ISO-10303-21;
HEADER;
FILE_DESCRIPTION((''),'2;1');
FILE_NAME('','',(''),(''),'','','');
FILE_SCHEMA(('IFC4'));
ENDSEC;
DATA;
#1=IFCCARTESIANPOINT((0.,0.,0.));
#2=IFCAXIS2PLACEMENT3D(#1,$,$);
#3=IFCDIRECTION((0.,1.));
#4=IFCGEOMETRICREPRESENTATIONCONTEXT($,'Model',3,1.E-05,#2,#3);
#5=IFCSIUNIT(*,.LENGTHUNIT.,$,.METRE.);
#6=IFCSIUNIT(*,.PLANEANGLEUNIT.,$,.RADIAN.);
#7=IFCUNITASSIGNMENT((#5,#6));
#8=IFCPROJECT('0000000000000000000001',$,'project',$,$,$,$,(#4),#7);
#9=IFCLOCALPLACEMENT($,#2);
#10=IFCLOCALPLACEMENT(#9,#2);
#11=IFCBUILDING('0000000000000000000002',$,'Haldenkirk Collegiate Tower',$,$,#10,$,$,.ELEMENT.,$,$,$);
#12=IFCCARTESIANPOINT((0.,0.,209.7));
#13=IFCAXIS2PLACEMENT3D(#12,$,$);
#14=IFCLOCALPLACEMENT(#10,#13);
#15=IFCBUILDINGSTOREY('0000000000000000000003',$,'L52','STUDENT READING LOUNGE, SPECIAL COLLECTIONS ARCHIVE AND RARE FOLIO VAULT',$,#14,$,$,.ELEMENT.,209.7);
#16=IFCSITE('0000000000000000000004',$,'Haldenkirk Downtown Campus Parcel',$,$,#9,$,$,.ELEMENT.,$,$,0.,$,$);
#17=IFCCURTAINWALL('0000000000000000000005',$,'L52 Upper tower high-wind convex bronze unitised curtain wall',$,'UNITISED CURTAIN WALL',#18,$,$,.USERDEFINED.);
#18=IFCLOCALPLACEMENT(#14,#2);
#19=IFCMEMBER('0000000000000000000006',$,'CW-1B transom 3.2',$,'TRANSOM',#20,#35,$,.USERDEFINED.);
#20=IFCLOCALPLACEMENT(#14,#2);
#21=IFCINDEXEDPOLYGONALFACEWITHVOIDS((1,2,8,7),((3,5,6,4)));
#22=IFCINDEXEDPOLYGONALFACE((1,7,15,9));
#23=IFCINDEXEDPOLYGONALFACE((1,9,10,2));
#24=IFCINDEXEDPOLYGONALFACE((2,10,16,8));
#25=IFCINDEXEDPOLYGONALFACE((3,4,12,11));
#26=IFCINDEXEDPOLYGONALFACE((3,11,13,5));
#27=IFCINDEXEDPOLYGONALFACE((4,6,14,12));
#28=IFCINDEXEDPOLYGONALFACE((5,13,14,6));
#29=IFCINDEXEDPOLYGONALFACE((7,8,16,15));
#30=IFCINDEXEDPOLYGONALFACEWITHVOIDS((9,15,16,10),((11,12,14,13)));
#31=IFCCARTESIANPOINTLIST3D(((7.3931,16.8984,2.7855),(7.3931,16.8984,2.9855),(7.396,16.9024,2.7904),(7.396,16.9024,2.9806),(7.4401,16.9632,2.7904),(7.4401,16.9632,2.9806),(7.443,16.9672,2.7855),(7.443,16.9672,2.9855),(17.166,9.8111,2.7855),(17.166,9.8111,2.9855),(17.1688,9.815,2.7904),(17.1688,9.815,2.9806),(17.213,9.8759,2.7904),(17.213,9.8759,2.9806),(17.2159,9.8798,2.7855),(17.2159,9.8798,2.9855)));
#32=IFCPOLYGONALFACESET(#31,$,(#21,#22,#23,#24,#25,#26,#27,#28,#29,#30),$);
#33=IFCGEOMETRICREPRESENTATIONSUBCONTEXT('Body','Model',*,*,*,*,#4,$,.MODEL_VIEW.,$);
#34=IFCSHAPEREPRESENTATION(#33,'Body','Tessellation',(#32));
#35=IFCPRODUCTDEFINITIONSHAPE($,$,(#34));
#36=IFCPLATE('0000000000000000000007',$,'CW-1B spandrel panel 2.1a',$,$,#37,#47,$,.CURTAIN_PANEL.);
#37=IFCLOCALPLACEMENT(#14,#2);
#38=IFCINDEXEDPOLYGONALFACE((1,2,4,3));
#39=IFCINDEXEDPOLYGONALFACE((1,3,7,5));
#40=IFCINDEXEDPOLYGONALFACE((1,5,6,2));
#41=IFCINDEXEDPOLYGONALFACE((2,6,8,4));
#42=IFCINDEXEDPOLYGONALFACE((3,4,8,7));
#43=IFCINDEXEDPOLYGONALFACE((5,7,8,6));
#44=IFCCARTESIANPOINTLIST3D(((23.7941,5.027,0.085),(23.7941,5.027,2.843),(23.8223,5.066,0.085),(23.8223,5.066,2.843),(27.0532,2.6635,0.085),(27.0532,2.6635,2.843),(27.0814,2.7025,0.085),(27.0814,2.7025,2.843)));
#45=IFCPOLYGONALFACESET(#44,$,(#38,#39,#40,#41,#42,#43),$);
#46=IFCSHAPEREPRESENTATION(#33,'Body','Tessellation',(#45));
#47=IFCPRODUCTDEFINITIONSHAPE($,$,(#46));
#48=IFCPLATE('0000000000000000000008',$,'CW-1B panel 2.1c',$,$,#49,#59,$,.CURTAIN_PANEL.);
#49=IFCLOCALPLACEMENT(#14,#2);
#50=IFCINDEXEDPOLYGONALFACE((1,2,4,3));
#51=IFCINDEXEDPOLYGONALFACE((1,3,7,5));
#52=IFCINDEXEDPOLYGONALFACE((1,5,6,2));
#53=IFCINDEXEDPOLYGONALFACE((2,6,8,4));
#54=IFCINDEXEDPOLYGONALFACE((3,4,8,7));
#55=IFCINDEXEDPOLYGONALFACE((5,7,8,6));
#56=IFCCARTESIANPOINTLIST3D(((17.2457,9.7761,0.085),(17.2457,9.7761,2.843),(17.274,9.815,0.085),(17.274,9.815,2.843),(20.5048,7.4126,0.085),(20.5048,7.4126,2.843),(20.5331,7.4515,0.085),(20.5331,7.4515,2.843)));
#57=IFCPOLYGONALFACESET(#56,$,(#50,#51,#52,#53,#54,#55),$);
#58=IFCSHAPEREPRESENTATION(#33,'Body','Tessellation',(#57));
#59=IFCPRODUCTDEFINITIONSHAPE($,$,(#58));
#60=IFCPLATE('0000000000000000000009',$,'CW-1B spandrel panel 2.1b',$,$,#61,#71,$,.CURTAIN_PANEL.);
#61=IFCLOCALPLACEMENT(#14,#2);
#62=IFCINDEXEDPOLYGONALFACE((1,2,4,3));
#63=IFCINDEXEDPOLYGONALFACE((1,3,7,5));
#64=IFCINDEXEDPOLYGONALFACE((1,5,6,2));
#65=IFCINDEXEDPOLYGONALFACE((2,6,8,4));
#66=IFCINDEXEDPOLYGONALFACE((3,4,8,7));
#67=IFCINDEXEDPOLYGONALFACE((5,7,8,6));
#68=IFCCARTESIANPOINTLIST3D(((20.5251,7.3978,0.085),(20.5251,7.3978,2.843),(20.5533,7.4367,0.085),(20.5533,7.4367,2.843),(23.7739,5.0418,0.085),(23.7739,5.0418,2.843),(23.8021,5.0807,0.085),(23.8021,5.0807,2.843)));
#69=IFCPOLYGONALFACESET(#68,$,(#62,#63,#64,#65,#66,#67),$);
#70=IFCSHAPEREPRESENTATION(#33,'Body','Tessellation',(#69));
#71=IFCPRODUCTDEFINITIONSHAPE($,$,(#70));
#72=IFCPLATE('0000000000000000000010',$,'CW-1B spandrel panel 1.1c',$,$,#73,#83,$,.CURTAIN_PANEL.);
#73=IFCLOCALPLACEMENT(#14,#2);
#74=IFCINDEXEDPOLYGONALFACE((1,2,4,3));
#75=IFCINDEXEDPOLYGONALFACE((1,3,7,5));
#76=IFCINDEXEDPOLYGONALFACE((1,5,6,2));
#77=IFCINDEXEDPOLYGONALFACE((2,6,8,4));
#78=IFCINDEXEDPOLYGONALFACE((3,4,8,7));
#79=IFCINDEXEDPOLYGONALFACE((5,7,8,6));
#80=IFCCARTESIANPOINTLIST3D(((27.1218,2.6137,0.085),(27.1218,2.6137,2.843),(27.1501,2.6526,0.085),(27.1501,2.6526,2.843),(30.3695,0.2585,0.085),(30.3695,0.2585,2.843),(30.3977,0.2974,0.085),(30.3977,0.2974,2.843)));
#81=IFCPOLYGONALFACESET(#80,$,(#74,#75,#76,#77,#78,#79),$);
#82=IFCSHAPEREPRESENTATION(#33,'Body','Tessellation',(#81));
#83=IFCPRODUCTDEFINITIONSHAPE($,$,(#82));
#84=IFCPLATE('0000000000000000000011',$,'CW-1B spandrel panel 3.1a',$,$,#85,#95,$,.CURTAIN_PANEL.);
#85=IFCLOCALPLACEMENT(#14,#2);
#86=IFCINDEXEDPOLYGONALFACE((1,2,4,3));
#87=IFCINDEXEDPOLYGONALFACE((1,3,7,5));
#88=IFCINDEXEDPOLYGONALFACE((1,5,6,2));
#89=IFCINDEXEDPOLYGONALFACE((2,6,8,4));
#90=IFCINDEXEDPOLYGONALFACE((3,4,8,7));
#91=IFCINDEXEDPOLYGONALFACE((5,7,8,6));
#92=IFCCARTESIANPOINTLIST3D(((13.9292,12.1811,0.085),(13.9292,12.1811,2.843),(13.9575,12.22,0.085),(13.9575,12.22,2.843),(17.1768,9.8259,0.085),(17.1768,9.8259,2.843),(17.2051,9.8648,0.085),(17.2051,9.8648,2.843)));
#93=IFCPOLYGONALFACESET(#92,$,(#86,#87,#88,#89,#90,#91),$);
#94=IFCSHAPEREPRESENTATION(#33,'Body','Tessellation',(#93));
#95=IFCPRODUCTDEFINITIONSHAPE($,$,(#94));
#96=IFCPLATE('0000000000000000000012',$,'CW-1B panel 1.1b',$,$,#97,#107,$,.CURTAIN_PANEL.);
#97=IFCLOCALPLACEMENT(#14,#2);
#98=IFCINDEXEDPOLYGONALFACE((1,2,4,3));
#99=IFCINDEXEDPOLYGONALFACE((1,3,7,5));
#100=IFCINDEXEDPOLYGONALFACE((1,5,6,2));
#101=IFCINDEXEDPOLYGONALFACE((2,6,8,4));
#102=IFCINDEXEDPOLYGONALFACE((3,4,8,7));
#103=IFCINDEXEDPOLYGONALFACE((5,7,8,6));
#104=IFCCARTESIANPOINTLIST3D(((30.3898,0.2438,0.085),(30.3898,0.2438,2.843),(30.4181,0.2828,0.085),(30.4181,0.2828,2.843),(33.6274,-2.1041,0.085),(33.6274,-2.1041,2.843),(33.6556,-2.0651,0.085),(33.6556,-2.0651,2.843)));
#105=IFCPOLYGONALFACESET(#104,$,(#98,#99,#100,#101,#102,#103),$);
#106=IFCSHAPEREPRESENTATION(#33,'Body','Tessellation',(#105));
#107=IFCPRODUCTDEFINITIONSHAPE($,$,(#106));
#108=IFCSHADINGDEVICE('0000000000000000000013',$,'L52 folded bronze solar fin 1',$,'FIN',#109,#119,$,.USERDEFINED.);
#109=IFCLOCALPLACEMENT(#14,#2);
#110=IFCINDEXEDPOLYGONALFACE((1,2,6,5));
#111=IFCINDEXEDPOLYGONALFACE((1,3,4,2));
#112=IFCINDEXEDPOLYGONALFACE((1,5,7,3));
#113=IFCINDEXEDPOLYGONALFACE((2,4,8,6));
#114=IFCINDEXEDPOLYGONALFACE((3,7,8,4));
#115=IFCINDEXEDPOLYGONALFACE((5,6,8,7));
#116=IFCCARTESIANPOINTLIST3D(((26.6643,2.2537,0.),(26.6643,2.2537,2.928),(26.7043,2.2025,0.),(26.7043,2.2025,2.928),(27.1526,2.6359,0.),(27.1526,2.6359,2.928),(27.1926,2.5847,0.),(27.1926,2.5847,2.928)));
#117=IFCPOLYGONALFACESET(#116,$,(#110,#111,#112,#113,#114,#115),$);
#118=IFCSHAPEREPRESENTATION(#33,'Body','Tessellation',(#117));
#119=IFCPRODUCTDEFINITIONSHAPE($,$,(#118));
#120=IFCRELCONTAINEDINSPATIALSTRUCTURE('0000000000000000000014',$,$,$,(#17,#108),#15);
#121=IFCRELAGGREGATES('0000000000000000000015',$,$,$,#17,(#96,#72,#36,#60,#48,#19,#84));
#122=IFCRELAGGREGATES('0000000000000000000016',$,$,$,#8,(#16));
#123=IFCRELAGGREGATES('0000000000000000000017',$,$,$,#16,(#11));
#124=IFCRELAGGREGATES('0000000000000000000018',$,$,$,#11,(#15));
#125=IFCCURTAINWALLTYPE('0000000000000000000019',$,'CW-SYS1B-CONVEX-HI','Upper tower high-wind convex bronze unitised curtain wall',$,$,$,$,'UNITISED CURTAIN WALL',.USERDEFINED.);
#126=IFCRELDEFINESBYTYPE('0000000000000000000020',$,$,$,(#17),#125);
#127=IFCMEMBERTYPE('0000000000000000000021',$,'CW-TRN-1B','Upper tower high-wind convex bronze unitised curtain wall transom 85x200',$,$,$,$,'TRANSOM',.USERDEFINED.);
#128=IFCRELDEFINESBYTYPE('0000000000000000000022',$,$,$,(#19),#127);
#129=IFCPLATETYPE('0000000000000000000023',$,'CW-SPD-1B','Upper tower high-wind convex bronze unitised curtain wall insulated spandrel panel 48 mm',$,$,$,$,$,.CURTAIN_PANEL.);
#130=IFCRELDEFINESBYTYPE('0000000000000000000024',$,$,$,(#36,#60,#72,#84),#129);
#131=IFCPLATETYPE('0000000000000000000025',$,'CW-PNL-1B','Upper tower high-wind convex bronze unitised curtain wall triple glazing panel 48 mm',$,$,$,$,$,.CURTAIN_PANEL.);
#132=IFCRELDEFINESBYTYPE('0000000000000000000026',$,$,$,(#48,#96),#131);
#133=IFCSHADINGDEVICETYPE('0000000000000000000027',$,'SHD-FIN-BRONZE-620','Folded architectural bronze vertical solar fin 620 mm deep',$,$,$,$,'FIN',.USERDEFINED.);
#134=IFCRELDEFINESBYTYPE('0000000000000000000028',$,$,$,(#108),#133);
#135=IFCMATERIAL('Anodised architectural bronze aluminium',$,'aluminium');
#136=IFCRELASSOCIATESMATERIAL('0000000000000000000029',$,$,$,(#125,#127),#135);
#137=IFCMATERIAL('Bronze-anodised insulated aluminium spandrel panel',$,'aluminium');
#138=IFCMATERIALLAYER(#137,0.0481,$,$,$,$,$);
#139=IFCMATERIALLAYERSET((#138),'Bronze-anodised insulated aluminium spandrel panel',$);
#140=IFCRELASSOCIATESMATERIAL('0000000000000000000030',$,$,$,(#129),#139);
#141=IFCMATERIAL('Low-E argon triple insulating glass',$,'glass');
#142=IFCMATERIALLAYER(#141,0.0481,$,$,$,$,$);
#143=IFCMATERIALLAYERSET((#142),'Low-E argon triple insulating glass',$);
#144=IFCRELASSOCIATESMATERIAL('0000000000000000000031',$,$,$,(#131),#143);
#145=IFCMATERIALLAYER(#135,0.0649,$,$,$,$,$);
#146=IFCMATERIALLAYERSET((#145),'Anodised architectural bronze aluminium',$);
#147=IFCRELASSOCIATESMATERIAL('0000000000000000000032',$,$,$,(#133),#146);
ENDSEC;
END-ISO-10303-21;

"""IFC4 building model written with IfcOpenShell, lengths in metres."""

from ifc_helpers import new_model, si_unit, direction, frame, origin, origin_2d, place, context, subcontext, project, spatial, rectangle, hollow_rectangle, extrude, source, transform, mapped, material, layer, layer_set, material_profile, profile_set, type_object, element, aggregate, save


model = new_model("IFC4")

# Units and contexts
model_context = context("Model", 3, precision=1e-05, world=origin(), true_north=direction((0.0, 1.0)))
body_context = subcontext(model_context, "Body", "Model", "MODEL_VIEW")
ifc_project = project(units=[si_unit("LENGTHUNIT", "METRE"), si_unit("PLANEANGLEUNIT", "RADIAN")], contexts=[model_context])

# Site, building, storey
site_placement = place(None, origin())
site = spatial("IfcSite", under=ifc_project, at=site_placement, Name="Haldenkirk Downtown Campus Parcel", CompositionType="ELEMENT", RefElevation=0.0)
building_placement = place(site_placement, origin())
building = spatial("IfcBuilding", under=site, at=building_placement, Name="Haldenkirk Collegiate Tower", CompositionType="ELEMENT")
storey_placement = place(building_placement, frame((0.0, 0.0, 209.7)))
storey = spatial("IfcBuildingStorey", under=building, at=storey_placement, Name="L52", Description="STUDENT READING LOUNGE, SPECIAL COLLECTIONS ARCHIVE AND RARE FOLIO VAULT", CompositionType="ELEMENT", Elevation=209.7)

# Curtain wall, member, plates
ifc_material_1 = material(Name="Anodised architectural bronze aluminium", Category="aluminium")
curtain_wall_type = type_object("IfcCurtainWallType", Name="CW-SYS1B-CONVEX-HI", Description="Upper tower high-wind convex bronze unitised curtain wall", ElementType="UNITISED CURTAIN WALL", PredefinedType="USERDEFINED", material=ifc_material_1)
curtain_wall_placement = place(storey_placement, origin())
curtain_wall = element("IfcCurtainWall", 1, at=curtain_wall_placement, inside=storey, type_object=curtain_wall_type, Name="L52 Upper tower high-wind convex bronze unitised curtain wall", ObjectType="UNITISED CURTAIN WALL", PredefinedType="USERDEFINED")
ifc_material_profile_1 = material_profile(ifc_material_1, hollow_rectangle(XDim=0.085, YDim=0.2, WallThickness=0.0049, at=origin_2d()), Name="CW-TRN-1B")
ifc_profile_set_1 = profile_set([ifc_material_profile_1], Name="Anodised architectural bronze aluminium")
member_type_1 = type_object("IfcMemberType", Name="CW-TRN-1B", Description="Upper tower high-wind convex bronze unitised curtain wall transom 85x200", ElementType="TRANSOM", PredefinedType="USERDEFINED", material=ifc_profile_set_1)
member_1_placement = place(storey_placement, frame((17.1909, 9.8455, 2.8855), z_axis=(-0.809531, 0.587077, 0.0), x_axis=(-0.587077, -0.809531, 0.0)))
member_1 = element("IfcMember", 2, at=member_1_placement, type_object=member_type_1, Name="CW-1B transom 3.2", ObjectType="TRANSOM", PredefinedType="USERDEFINED", context=body_context, shape_type="SweptSolid", body=[
    extrude(hollow_rectangle(XDim=0.085, YDim=0.2, WallThickness=0.0049, at=origin_2d()), origin(), (0.0, 0.0, 1.0), 12.0723),
])
ifc_material_2 = material(Name="Bronze-anodised insulated aluminium spandrel panel", Category="aluminium")
ifc_layer_1 = layer(ifc_material_2, 0.0481)
ifc_layer_set_1 = layer_set([ifc_layer_1], Name="Bronze-anodised insulated aluminium spandrel panel")
plate_type_1 = type_object("IfcPlateType", Name="CW-SPD-1B", Description="Upper tower high-wind convex bronze unitised curtain wall insulated spandrel panel 48 mm", PredefinedType="CURTAIN_PANEL", material=ifc_layer_set_1)
shared_shape_1 = source(origin(), body_context, "Body", "SweptSolid", [
    extrude(rectangle(XDim=4.0259, YDim=0.0481, at=origin_2d()), origin(), (0.0, 0.0, 1.0), 2.7581),
])
plate_1_placement = place(storey_placement, frame((25.4377, 3.8647, 0.085), z_axis=(0.0, 0.0, 1.0), x_axis=(-0.809531, 0.587077, 0.0)))
plate_1 = element("IfcPlate", 3, at=plate_1_placement, type_object=plate_type_1, Name="CW-1B spandrel panel 2.1a", PredefinedType="CURTAIN_PANEL", context=body_context, shape_type="MappedRepresentation", body=[
    mapped(shared_shape_1, transform((0.0, 0.0, 0.0), x_axis=(1.0, 0.0, 0.0), y_axis=(0.0, 1.0, 0.0), z_axis=(0.0, 0.0, 1.0), scale=1.0)),
])
ifc_material_3 = material(Name="Low-E argon triple insulating glass", Category="glass")
ifc_layer_2 = layer(ifc_material_3, 0.0481)
ifc_layer_set_2 = layer_set([ifc_layer_2], Name="Low-E argon triple insulating glass")
plate_type_2 = type_object("IfcPlateType", Name="CW-PNL-1B", Description="Upper tower high-wind convex bronze unitised curtain wall triple glazing panel 48 mm", PredefinedType="CURTAIN_PANEL", material=ifc_layer_set_2)
plate_2_placement = place(storey_placement, frame((18.8894, 8.6138, 0.085), z_axis=(0.0, 0.0, 1.0), x_axis=(-0.809531, 0.587077, 0.0)))
plate_2 = element("IfcPlate", 4, at=plate_2_placement, type_object=plate_type_2, Name="CW-1B panel 2.1c", PredefinedType="CURTAIN_PANEL", context=body_context, shape_type="MappedRepresentation", body=[
    mapped(shared_shape_1, transform((0.0, 0.0, 0.0), x_axis=(1.0, 0.0, 0.0), y_axis=(0.0, 1.0, 0.0), z_axis=(0.0, 0.0, 1.0), scale=1.0)),
])
shared_shape_2 = source(origin(), body_context, "Body", "SweptSolid", [
    extrude(rectangle(XDim=4.0132, YDim=0.0481, at=origin_2d()), origin(), (0.0, 0.0, 1.0), 2.7581),
])
plate_3_placement = place(storey_placement, frame((22.1636, 6.2393, 0.085), z_axis=(0.0, 0.0, 1.0), x_axis=(-0.809531, 0.587077, 0.0)))
plate_3 = element("IfcPlate", 5, at=plate_3_placement, type_object=plate_type_1, Name="CW-1B spandrel panel 2.1b", PredefinedType="CURTAIN_PANEL", context=body_context, shape_type="MappedRepresentation", body=[
    mapped(shared_shape_2, transform((0.0, 0.0, 0.0), x_axis=(1.0, 0.0, 0.0), y_axis=(0.0, 1.0, 0.0), z_axis=(0.0, 0.0, 1.0), scale=1.0)),
])
shared_shape_3 = source(origin(), body_context, "Body", "SweptSolid", [
    extrude(rectangle(XDim=4.0117, YDim=0.0481, at=origin_2d()), origin(), (0.0, 0.0, 1.0), 2.7581),
])
plate_4_placement = place(storey_placement, frame((28.7598, 1.4556, 0.085), z_axis=(0.0, 0.0, 1.0), x_axis=(-0.809531, 0.587077, 0.0)))
plate_4 = element("IfcPlate", 6, at=plate_4_placement, type_object=plate_type_1, Name="CW-1B spandrel panel 1.1c", PredefinedType="CURTAIN_PANEL", context=body_context, shape_type="MappedRepresentation", body=[
    mapped(shared_shape_3, transform((0.0, 0.0, 0.0), x_axis=(1.0, 0.0, 0.0), y_axis=(0.0, 1.0, 0.0), z_axis=(0.0, 0.0, 1.0), scale=1.0)),
])
plate_5_placement = place(storey_placement, frame((15.5671, 11.0229, 0.085), z_axis=(0.0, 0.0, 1.0), x_axis=(-0.809531, 0.587077, 0.0)))
plate_5 = element("IfcPlate", 7, at=plate_5_placement, type_object=plate_type_1, Name="CW-1B spandrel panel 3.1a", PredefinedType="CURTAIN_PANEL", context=body_context, shape_type="MappedRepresentation", body=[
    mapped(shared_shape_3, transform((0.0, 0.0, 0.0), x_axis=(1.0, 0.0, 0.0), y_axis=(0.0, 1.0, 0.0), z_axis=(0.0, 0.0, 1.0), scale=1.0)),
])
shared_shape_4 = source(origin(), body_context, "Body", "SweptSolid", [
    extrude(rectangle(XDim=3.9993, YDim=0.0481, at=origin_2d()), origin(), (0.0, 0.0, 1.0), 2.7581),
])
plate_6_placement = place(storey_placement, frame((32.0227, -0.9106, 0.085), z_axis=(0.0, 0.0, 1.0), x_axis=(-0.809531, 0.587077, 0.0)))
plate_6 = element("IfcPlate", 8, at=plate_6_placement, type_object=plate_type_2, Name="CW-1B panel 1.1b", PredefinedType="CURTAIN_PANEL", context=body_context, shape_type="MappedRepresentation", body=[
    mapped(shared_shape_4, transform((0.0, 0.0, 0.0), x_axis=(1.0, 0.0, 0.0), y_axis=(0.0, 1.0, 0.0), z_axis=(0.0, 0.0, 1.0), scale=1.0)),
])
aggregate(curtain_wall, [plate_6, plate_4, plate_1, plate_3, plate_2, member_1, plate_5])

# Shading device
ifc_layer_3 = layer(ifc_material_1, 0.0649)
ifc_layer_set_3 = layer_set([ifc_layer_3], Name="Anodised architectural bronze aluminium")
shading_device_type = type_object("IfcShadingDeviceType", Name="SHD-FIN-BRONZE-620", Description="Folded architectural bronze vertical solar fin 620 mm deep", ElementType="FIN", PredefinedType="USERDEFINED", material=ifc_layer_set_3)
shared_shape_5 = source(origin(), body_context, "Body", "SweptSolid", [
    extrude(rectangle(XDim=0.6201, YDim=0.0649, at=origin_2d()), origin(), (0.0, 0.0, 1.0), 2.928),
])
shading_device_placement = place(storey_placement, frame((26.9285, 2.4192, 0.0), z_axis=(0.0, 0.0, 1.0), x_axis=(-0.787473, -0.616349, 0.0)))
element("IfcShadingDevice", 9, at=shading_device_placement, inside=storey, type_object=shading_device_type, Name="L52 folded bronze solar fin 1", ObjectType="FIN", PredefinedType="USERDEFINED", context=body_context, shape_type="MappedRepresentation", body=[
    mapped(shared_shape_5, transform((0.0, 0.0, 0.0), x_axis=(1.0, 0.0, 0.0), y_axis=(0.0, 1.0, 0.0), z_axis=(0.0, 0.0, 1.0), scale=1.0)),
])

save(model, "model.ifc")
